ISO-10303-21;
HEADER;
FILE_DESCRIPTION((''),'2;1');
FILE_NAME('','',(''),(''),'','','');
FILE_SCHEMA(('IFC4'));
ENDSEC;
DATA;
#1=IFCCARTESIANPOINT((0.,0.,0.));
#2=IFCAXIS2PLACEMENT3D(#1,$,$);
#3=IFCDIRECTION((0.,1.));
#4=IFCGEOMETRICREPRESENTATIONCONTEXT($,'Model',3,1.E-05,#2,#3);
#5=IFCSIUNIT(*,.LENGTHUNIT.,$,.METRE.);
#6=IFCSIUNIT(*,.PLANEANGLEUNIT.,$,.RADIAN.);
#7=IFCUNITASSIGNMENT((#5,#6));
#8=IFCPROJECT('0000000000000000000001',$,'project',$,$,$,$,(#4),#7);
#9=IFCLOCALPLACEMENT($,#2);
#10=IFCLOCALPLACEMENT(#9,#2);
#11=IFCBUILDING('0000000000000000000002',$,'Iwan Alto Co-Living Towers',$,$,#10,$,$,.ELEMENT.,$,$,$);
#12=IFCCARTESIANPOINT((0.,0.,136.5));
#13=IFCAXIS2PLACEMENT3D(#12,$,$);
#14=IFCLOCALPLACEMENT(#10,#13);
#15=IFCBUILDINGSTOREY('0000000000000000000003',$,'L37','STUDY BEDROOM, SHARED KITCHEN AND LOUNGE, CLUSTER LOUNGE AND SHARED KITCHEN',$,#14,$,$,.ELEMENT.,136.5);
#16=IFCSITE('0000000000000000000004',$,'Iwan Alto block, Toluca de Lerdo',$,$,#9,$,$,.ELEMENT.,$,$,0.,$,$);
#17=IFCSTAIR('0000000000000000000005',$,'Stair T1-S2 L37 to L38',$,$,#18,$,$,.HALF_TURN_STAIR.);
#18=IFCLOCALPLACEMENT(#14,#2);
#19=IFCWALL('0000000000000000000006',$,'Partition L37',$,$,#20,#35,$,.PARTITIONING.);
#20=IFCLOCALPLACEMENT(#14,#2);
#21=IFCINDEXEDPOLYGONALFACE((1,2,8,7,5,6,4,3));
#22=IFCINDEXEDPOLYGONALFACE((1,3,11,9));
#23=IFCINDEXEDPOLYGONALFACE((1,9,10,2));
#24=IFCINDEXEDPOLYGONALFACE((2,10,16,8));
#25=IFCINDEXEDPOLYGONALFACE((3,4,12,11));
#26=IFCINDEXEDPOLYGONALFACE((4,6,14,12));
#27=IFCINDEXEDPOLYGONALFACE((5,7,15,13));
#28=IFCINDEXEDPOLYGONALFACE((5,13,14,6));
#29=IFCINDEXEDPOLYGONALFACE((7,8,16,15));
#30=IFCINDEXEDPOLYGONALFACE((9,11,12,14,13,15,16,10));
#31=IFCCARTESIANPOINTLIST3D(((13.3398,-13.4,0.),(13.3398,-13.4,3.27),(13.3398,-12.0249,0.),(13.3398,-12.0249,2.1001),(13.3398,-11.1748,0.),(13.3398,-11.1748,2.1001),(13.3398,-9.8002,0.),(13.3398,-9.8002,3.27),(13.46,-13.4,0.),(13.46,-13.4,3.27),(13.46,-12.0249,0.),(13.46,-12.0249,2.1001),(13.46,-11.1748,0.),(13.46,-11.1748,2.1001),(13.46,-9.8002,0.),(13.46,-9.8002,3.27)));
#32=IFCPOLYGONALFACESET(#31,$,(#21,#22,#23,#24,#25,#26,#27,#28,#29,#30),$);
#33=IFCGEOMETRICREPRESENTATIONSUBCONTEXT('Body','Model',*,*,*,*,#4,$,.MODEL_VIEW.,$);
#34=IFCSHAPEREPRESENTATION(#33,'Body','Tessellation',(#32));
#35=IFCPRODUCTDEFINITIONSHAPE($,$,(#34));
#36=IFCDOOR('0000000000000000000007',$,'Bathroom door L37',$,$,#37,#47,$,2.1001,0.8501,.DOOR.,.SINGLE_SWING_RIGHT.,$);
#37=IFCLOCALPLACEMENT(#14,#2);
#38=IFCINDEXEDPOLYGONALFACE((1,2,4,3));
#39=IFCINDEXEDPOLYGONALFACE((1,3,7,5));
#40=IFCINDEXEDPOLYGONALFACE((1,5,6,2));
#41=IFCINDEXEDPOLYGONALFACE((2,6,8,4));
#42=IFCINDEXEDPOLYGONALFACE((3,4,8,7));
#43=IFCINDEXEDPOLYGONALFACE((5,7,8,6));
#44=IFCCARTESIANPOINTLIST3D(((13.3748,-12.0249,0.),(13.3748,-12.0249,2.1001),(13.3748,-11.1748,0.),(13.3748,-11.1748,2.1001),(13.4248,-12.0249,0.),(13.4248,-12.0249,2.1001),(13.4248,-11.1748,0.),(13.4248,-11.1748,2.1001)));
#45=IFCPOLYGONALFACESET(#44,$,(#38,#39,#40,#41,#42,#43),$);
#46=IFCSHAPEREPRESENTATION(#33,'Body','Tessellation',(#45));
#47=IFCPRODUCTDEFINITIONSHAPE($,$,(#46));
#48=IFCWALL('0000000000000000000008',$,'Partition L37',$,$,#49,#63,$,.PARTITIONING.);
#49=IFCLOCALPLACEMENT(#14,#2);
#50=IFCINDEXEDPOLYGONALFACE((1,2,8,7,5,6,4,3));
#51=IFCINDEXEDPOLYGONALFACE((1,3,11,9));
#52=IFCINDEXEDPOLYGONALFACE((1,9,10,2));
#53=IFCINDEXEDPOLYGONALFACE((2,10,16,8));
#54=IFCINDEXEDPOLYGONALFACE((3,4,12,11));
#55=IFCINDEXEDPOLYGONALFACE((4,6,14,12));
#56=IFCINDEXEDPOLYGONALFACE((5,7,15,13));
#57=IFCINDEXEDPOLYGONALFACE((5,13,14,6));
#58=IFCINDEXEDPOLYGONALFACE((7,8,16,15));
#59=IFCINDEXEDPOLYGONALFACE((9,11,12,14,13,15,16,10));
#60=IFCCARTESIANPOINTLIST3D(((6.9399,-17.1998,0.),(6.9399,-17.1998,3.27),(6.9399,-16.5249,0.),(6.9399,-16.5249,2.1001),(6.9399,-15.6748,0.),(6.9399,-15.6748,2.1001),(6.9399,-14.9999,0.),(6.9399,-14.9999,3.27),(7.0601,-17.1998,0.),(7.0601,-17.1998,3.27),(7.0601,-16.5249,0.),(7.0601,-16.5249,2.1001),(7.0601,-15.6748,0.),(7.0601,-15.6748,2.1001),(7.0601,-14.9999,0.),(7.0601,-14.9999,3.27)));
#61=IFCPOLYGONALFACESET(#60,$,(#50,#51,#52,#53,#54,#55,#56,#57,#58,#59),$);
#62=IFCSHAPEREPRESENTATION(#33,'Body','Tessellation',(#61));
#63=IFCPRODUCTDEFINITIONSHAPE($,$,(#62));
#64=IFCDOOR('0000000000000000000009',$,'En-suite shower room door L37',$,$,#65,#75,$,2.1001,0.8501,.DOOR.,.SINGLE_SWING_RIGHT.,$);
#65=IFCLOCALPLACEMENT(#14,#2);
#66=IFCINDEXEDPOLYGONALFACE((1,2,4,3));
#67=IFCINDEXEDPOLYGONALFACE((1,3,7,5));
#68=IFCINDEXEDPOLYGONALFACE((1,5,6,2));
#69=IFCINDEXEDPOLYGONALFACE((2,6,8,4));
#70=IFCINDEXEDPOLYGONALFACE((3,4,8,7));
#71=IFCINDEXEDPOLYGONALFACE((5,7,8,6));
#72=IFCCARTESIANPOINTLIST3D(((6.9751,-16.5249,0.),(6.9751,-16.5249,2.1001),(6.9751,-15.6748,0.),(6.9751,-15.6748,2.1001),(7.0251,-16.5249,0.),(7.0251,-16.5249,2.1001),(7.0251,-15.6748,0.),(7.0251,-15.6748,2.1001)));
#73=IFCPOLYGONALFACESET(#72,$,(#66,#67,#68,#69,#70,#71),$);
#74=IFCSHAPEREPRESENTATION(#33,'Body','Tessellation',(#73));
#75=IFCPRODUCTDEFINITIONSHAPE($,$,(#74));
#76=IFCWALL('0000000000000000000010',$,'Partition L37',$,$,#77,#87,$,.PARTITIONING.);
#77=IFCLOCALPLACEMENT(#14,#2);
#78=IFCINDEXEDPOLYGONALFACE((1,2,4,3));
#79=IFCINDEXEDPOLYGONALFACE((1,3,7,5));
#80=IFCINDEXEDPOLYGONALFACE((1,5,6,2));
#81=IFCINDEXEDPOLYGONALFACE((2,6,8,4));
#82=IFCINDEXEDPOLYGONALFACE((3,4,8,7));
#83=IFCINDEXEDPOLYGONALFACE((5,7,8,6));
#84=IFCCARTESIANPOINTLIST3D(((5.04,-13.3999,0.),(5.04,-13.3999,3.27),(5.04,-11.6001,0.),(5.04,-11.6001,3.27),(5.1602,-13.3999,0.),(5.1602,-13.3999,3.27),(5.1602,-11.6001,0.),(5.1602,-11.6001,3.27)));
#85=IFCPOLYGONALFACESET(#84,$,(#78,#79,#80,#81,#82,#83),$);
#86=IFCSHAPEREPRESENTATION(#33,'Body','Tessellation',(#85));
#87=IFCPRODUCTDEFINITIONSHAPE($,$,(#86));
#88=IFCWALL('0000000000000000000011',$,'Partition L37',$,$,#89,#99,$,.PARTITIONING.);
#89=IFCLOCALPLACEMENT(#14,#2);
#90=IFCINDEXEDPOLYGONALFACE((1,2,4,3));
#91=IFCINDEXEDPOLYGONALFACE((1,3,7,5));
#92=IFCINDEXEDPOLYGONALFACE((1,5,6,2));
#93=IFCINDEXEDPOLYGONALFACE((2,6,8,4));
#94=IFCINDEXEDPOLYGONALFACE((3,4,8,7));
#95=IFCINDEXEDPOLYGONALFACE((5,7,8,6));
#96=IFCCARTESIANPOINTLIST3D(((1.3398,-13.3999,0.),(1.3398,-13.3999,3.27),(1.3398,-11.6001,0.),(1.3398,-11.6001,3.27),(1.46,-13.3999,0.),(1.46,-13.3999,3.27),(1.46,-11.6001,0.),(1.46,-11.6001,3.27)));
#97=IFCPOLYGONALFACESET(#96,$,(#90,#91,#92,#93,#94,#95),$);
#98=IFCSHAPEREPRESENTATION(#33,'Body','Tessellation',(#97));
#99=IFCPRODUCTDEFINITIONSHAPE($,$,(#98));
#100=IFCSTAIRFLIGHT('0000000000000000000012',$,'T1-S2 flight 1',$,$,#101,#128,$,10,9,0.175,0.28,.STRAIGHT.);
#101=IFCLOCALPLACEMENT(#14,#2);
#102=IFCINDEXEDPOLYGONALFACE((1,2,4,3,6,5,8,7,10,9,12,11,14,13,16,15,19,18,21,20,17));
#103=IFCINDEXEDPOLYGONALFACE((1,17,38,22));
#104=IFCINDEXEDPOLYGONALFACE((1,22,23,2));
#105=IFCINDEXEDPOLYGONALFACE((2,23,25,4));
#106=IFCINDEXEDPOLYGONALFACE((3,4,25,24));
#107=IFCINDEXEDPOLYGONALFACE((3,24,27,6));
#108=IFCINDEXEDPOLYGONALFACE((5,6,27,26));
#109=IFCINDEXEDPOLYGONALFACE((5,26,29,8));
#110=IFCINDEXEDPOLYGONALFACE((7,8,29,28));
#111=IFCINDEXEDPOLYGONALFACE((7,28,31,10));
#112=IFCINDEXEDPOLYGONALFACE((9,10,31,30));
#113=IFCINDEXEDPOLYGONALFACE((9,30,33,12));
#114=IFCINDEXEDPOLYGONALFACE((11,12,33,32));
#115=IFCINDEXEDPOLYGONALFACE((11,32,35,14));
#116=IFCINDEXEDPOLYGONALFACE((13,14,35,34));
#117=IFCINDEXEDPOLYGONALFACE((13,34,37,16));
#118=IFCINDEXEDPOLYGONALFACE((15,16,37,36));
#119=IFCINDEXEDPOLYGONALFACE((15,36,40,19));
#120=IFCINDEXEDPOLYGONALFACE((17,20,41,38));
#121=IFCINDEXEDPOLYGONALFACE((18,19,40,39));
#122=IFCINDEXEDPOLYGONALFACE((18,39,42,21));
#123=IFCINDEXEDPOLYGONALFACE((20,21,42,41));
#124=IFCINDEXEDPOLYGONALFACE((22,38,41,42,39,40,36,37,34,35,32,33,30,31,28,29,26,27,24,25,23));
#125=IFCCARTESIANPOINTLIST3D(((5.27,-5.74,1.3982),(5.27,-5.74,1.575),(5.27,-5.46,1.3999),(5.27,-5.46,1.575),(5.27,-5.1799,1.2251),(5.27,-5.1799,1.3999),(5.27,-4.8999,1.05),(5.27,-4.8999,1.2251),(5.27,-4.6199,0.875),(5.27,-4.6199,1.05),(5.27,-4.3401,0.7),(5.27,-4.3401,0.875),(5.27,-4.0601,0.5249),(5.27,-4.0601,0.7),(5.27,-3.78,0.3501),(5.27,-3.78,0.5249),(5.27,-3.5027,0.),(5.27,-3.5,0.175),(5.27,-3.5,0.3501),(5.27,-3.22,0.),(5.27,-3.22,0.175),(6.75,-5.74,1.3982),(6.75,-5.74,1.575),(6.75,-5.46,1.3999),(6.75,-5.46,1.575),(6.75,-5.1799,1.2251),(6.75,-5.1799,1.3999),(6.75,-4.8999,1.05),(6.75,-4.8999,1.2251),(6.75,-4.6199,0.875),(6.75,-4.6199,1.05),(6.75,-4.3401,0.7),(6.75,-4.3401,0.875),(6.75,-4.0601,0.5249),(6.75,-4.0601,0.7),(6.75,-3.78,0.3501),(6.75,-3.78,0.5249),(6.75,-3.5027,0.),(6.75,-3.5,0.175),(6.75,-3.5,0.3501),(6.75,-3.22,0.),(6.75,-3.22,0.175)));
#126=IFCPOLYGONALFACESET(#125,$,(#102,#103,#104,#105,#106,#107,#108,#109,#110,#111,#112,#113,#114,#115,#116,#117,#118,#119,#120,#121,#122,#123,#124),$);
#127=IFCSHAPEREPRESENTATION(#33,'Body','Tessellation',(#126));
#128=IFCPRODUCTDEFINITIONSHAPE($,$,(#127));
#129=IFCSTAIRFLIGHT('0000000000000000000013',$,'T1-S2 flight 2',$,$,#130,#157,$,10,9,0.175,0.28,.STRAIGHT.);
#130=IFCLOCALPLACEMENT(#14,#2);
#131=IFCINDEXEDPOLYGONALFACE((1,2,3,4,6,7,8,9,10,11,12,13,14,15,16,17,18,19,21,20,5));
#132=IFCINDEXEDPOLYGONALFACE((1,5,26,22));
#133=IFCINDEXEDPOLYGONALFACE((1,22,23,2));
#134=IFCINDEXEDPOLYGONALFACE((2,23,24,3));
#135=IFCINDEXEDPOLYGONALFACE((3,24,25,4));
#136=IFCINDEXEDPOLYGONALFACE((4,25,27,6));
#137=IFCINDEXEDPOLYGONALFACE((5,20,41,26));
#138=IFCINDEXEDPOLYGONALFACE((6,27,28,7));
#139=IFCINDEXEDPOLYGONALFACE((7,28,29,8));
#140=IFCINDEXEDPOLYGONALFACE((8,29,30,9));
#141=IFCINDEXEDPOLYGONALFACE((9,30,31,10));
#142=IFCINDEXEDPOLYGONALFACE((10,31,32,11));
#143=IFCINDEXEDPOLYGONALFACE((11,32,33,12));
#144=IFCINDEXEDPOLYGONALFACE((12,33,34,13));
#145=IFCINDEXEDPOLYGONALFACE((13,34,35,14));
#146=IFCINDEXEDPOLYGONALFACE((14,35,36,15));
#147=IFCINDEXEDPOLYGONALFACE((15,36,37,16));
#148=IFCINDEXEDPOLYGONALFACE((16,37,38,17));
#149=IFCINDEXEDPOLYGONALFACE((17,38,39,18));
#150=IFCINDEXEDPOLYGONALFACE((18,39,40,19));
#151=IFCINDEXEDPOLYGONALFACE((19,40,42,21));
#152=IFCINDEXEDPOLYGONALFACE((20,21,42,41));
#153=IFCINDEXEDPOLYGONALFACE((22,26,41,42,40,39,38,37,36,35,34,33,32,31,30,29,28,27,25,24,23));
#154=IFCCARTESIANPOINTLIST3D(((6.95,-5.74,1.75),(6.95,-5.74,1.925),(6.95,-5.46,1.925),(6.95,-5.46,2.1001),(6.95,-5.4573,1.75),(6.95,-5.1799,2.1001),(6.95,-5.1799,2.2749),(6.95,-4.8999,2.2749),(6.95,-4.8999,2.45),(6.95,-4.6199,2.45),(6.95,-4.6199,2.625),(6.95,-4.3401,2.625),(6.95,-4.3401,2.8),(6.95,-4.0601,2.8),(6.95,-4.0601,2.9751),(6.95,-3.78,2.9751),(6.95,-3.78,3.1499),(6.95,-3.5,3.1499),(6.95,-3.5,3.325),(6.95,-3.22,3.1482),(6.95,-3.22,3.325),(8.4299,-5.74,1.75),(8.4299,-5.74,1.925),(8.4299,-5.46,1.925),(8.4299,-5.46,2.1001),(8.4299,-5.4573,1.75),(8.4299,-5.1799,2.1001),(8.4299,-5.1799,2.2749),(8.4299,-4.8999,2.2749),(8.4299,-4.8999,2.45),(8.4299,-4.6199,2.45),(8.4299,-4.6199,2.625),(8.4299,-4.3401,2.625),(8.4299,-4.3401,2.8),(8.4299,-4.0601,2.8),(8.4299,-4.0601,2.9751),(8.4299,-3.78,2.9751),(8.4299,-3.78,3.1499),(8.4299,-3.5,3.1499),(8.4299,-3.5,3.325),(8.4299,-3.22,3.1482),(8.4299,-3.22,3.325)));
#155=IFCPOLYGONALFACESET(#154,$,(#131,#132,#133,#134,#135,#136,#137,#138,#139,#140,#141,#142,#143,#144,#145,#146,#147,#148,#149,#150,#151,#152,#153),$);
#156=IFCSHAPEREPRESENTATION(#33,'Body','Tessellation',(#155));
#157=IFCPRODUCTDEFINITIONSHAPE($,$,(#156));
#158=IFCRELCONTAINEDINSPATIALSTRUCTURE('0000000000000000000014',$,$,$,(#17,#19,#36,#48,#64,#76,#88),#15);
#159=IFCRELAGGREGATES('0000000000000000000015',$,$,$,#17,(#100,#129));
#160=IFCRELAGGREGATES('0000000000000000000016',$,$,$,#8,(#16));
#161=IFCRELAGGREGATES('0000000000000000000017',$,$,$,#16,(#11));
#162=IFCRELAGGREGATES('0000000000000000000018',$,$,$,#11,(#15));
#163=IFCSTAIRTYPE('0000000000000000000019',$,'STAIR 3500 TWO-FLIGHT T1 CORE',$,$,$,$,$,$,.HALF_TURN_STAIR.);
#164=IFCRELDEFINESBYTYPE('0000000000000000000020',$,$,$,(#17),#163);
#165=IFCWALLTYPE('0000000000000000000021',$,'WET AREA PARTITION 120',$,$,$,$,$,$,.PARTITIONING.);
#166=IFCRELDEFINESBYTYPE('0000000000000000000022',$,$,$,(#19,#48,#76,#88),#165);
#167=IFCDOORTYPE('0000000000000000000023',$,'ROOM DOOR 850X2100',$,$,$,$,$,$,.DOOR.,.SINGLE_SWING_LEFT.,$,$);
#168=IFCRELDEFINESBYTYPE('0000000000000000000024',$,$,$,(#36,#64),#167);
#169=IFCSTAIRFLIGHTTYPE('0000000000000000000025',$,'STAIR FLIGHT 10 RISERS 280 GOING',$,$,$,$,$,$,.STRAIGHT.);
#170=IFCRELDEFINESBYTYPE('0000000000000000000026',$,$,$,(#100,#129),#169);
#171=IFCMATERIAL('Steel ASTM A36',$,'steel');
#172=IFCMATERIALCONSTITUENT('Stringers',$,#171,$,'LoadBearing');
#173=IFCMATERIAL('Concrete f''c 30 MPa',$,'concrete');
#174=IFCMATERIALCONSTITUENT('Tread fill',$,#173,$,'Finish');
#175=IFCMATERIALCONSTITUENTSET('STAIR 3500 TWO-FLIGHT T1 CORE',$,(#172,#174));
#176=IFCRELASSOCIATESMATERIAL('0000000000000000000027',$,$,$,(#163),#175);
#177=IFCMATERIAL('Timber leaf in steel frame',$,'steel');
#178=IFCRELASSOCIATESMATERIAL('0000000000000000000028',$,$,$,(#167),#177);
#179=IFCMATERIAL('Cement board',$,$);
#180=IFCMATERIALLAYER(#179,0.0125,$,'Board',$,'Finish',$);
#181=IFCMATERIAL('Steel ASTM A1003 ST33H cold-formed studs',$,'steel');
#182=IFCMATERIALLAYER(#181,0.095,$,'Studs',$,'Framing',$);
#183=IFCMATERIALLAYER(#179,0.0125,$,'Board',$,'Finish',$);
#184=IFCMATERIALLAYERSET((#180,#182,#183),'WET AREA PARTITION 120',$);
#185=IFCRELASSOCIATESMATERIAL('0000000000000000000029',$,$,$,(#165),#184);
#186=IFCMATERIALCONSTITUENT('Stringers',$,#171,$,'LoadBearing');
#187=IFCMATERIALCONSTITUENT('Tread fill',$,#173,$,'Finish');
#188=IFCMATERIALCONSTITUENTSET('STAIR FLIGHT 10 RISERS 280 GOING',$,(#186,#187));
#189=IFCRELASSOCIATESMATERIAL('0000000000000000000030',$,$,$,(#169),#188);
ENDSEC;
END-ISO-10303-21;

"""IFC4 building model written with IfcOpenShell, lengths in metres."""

from ifc_helpers import new_model, si_unit, direction, frame, frame_2d, origin, place, context, subcontext, project, spatial, polyline, rectangle, outline, extrude, material, layer, layer_set, constituent, constituent_set, type_object, element, fill, aggregate, save


model = new_model("IFC4")

# Units and contexts
model_context = context("Model", 3, precision=1e-05, world=origin(), true_north=direction((0.0, 1.0)))
body_context = subcontext(model_context, "Body", "Model", "MODEL_VIEW")
ifc_project = project(units=[si_unit("LENGTHUNIT", "METRE"), si_unit("PLANEANGLEUNIT", "RADIAN")], contexts=[model_context])

# Site, building, storey
site_placement = place(None, origin())
site = spatial("IfcSite", under=ifc_project, at=site_placement, Name="Iwan Alto block, Toluca de Lerdo", CompositionType="ELEMENT", RefElevation=0.0)
building_placement = place(site_placement, origin())
building = spatial("IfcBuilding", under=site, at=building_placement, Name="Iwan Alto Co-Living Towers", CompositionType="ELEMENT")
storey_placement = place(building_placement, frame((0.0, 0.0, 136.5)))
storey = spatial("IfcBuildingStorey", under=building, at=storey_placement, Name="L37", Description="STUDY BEDROOM, SHARED KITCHEN AND LOUNGE, CLUSTER LOUNGE AND SHARED KITCHEN", CompositionType="ELEMENT", Elevation=136.5)

# Stair
ifc_material_1 = material(Name="Steel ASTM A36", Category="steel")
ifc_constituent_1 = constituent(ifc_material_1, Name="Stringers", Category="LoadBearing")
ifc_material_2 = material(Name="Concrete f'c 30 MPa", Category="concrete")
ifc_constituent_2 = constituent(ifc_material_2, Name="Tread fill", Category="Finish")
ifc_constituent_set_1 = constituent_set(constituents=[ifc_constituent_1, ifc_constituent_2], Name="STAIR 3500 TWO-FLIGHT T1 CORE")
stair_type = type_object("IfcStairType", Name="STAIR 3500 TWO-FLIGHT T1 CORE", PredefinedType="HALF_TURN_STAIR", material=ifc_constituent_set_1)
stair_1_placement = place(storey_placement, origin())
stair_1 = element("IfcStair", 1, at=stair_1_placement, inside=storey, type_object=stair_type, Name="Stair T1-S2 L37 to L38", PredefinedType="HALF_TURN_STAIR")

# Shared definitions
ifc_material_3 = material(Name="Steel ASTM A1003 ST33H cold-formed studs", Category="steel")

# Shared definitions
ifc_material_4 = material(Name="Timber leaf in steel frame", Category="steel")
door_type_1 = type_object("IfcDoorType", Name="ROOM DOOR 850X2100", OperationType="SINGLE_SWING_LEFT", PredefinedType="DOOR", material=ifc_material_4)

# Shared definitions
ifc_material_5 = material(Name="Cement board")
ifc_layer_1 = layer(ifc_material_5, 0.0125, Name="Board", Category="Finish")
ifc_layer_2 = layer(ifc_material_3, 0.095, Name="Studs", Category="Framing")
ifc_layer_3 = layer(ifc_material_5, 0.0125, Name="Board", Category="Finish")
ifc_layer_set_1 = layer_set([ifc_layer_1, ifc_layer_2, ifc_layer_3], Name="WET AREA PARTITION 120")
wall_type_1 = type_object("IfcWallType", Name="WET AREA PARTITION 120", PredefinedType="PARTITIONING", material=ifc_layer_set_1)

# Walls, openings, doors
wall_1_placement = place(storey_placement, frame((13.3999, -13.3999, 0.0), z_axis=(0.0, 0.0, 1.0), x_axis=(0.0, 1.0, 0.0)))
wall_1 = element("IfcWall", 2, at=wall_1_placement, inside=storey, type_object=wall_type_1, Name="Partition L37", PredefinedType="PARTITIONING", context=body_context, shape_type="SweptSolid", body=[
    extrude(rectangle(XDim=3.5999, YDim=0.1201, at=frame_2d((1.7998, 0.0))), origin(), (0.0, 0.0, 1.0), 3.27),
])
opening_1_placement = place(wall_1_placement, frame((1.375, 0.0, 0.0)))
opening_1 = element("IfcOpeningElement", 3, at=opening_1_placement, cuts=wall_1, PredefinedType="OPENING", context=body_context, shape_type="SweptSolid", body=[
    extrude(rectangle(XDim=0.8501, YDim=2.1001, at=frame_2d((0.425, 1.05))), frame((0.0, 0.0701, 0.0), z_axis=(0.0, -1.0, 0.0), x_axis=(1.0, 0.0, 0.0)), (0.0, 0.0, 1.0), 0.1401),
])
door_1_placement = place(opening_1_placement, frame((0.8501, 0.0, 0.0), z_axis=(0.0, 0.0, 1.0), x_axis=(-1.0, 0.0, 0.0)))
door_1 = element("IfcDoor", 4, at=door_1_placement, inside=storey, type_object=door_type_1, Name="Bathroom door L37", OperationType="SINGLE_SWING_RIGHT", OverallHeight=2.1001, OverallWidth=0.8501, PredefinedType="DOOR", context=body_context, shape_type="SweptSolid", body=[
    extrude(rectangle(XDim=0.8501, YDim=2.1001, at=frame_2d((0.425, 1.05))), frame((0.0, 0.0249, 0.0), z_axis=(0.0, -1.0, 0.0), x_axis=(1.0, 0.0, 0.0)), (0.0, 0.0, 1.0), 0.05),
])
fill(opening_1, door_1)
wall_2_placement = place(storey_placement, frame((7.0, -17.2, 0.0), z_axis=(0.0, 0.0, 1.0), x_axis=(0.0, 1.0, 0.0)))
wall_2 = element("IfcWall", 5, at=wall_2_placement, inside=storey, type_object=wall_type_1, Name="Partition L37", PredefinedType="PARTITIONING", context=body_context, shape_type="SweptSolid", body=[
    extrude(rectangle(XDim=2.2, YDim=0.1201, at=frame_2d((1.1001, 0.0))), origin(), (0.0, 0.0, 1.0), 3.27),
])
opening_2_placement = place(wall_2_placement, frame((0.675, 0.0, 0.0)))
opening_2 = element("IfcOpeningElement", 6, at=opening_2_placement, cuts=wall_2, PredefinedType="OPENING", context=body_context, shape_type="SweptSolid", body=[
    extrude(rectangle(XDim=0.8501, YDim=2.1001, at=frame_2d((0.425, 1.05))), frame((0.0, 0.0701, 0.0), z_axis=(0.0, -1.0, 0.0), x_axis=(1.0, 0.0, 0.0)), (0.0, 0.0, 1.0), 0.1401),
])
door_2_placement = place(opening_2_placement, origin())
door_2 = element("IfcDoor", 7, at=door_2_placement, inside=storey, type_object=door_type_1, Name="En-suite shower room door L37", OperationType="SINGLE_SWING_RIGHT", OverallHeight=2.1001, OverallWidth=0.8501, PredefinedType="DOOR", context=body_context, shape_type="SweptSolid", body=[
    extrude(rectangle(XDim=0.8501, YDim=2.1001, at=frame_2d((0.425, 1.05))), frame((0.0, 0.0249, 0.0), z_axis=(0.0, -1.0, 0.0), x_axis=(1.0, 0.0, 0.0)), (0.0, 0.0, 1.0), 0.05),
])
fill(opening_2, door_2)

# Walls
for number, where, z_axis, x_axis, name in (
    (8, (5.1001, -13.3999, 0.0), (0.0, 0.0, 1.0), (0.0, 1.0, 0.0), "Partition L37"),
    (9, (1.3999, -13.3999, 0.0), (0.0, 0.0, 1.0), (0.0, 1.0, 0.0), "Partition L37"),
):
    element("IfcWall", number, at=place(storey_placement, frame(where, z_axis=z_axis, x_axis=x_axis)), inside=storey, type_object=wall_type_1, Name=name, PredefinedType="PARTITIONING", context=body_context, shape_type="SweptSolid", body=[
        extrude(rectangle(XDim=1.7998, YDim=0.1201, at=frame_2d((0.8999, 0.0))), origin(), (0.0, 0.0, 1.0), 3.27),
    ])

# Stair flights
ifc_constituent_3 = constituent(ifc_material_1, Name="Stringers", Category="LoadBearing")
ifc_constituent_4 = constituent(ifc_material_2, Name="Tread fill", Category="Finish")
ifc_constituent_set_2 = constituent_set(constituents=[ifc_constituent_3, ifc_constituent_4], Name="STAIR FLIGHT 10 RISERS 280 GOING")
stair_flight_type = type_object("IfcStairFlightType", Name="STAIR FLIGHT 10 RISERS 280 GOING", PredefinedType="STRAIGHT", material=ifc_constituent_set_2)
stair_flight_1_placement = place(storey_placement, frame((6.01, -3.22, 0.0), z_axis=(0.0, 0.0, 1.0), x_axis=(0.0, -1.0, 0.0)))
stair_flight_1 = element("IfcStairFlight", 10, at=stair_flight_1_placement, type_object=stair_flight_type, Name="T1-S2 flight 1", NumberOfRisers=10, NumberOfTreads=9, PredefinedType="STRAIGHT", RiserHeight=0.175, TreadLength=0.28, context=body_context, shape_type="SweptSolid", body=[
    extrude(outline(polyline([(0.0, 0.0), (0.0, 0.175), (0.28, 0.175), (0.28, 0.3501), (0.5601, 0.3501), (0.5601, 0.5249), (0.8401, 0.5249), (0.8401, 0.7), (1.1201, 0.7), (1.1201, 0.875), (1.3999, 0.875), (1.3999, 1.05), (1.6799, 1.05), (1.6799, 1.2251), (1.96, 1.2251), (1.96, 1.3999), (2.24, 1.3999), (2.24, 1.575), (2.52, 1.575), (2.52, 1.75), (2.52, 1.3982), (0.2827, 0.0), (0.0, 0.0)])), frame((0.0, 0.74, 0.0), z_axis=(0.0, -1.0, 0.0), x_axis=(1.0, 0.0, 0.0)), (0.0, 0.0, 1.0), 1.48),
])
stair_flight_2_placement = place(storey_placement, frame((7.6899, -5.74, 1.75), z_axis=(0.0, 0.0, 1.0), x_axis=(0.0, 1.0, 0.0)))
stair_flight_2 = element("IfcStairFlight", 11, at=stair_flight_2_placement, type_object=stair_flight_type, Name="T1-S2 flight 2", NumberOfRisers=10, NumberOfTreads=9, PredefinedType="STRAIGHT", RiserHeight=0.175, TreadLength=0.28, context=body_context, shape_type="SweptSolid", body=[
    extrude(outline(polyline([(0.0, 0.0), (0.0, 0.175), (0.28, 0.175), (0.28, 0.3501), (0.5601, 0.3501), (0.5601, 0.5249), (0.8401, 0.5249), (0.8401, 0.7), (1.1201, 0.7), (1.1201, 0.875), (1.3999, 0.875), (1.3999, 1.05), (1.6799, 1.05), (1.6799, 1.2251), (1.96, 1.2251), (1.96, 1.3999), (2.24, 1.3999), (2.24, 1.575), (2.52, 1.575), (2.52, 1.75), (2.52, 1.3982), (0.2827, 0.0), (0.0, 0.0)])), frame((0.0, 0.74, 0.0), z_axis=(0.0, -1.0, 0.0), x_axis=(1.0, 0.0, 0.0)), (0.0, 0.0, 1.0), 1.48),
])
aggregate(stair_1, [stair_flight_1, stair_flight_2])

save(model, "model.ifc")
